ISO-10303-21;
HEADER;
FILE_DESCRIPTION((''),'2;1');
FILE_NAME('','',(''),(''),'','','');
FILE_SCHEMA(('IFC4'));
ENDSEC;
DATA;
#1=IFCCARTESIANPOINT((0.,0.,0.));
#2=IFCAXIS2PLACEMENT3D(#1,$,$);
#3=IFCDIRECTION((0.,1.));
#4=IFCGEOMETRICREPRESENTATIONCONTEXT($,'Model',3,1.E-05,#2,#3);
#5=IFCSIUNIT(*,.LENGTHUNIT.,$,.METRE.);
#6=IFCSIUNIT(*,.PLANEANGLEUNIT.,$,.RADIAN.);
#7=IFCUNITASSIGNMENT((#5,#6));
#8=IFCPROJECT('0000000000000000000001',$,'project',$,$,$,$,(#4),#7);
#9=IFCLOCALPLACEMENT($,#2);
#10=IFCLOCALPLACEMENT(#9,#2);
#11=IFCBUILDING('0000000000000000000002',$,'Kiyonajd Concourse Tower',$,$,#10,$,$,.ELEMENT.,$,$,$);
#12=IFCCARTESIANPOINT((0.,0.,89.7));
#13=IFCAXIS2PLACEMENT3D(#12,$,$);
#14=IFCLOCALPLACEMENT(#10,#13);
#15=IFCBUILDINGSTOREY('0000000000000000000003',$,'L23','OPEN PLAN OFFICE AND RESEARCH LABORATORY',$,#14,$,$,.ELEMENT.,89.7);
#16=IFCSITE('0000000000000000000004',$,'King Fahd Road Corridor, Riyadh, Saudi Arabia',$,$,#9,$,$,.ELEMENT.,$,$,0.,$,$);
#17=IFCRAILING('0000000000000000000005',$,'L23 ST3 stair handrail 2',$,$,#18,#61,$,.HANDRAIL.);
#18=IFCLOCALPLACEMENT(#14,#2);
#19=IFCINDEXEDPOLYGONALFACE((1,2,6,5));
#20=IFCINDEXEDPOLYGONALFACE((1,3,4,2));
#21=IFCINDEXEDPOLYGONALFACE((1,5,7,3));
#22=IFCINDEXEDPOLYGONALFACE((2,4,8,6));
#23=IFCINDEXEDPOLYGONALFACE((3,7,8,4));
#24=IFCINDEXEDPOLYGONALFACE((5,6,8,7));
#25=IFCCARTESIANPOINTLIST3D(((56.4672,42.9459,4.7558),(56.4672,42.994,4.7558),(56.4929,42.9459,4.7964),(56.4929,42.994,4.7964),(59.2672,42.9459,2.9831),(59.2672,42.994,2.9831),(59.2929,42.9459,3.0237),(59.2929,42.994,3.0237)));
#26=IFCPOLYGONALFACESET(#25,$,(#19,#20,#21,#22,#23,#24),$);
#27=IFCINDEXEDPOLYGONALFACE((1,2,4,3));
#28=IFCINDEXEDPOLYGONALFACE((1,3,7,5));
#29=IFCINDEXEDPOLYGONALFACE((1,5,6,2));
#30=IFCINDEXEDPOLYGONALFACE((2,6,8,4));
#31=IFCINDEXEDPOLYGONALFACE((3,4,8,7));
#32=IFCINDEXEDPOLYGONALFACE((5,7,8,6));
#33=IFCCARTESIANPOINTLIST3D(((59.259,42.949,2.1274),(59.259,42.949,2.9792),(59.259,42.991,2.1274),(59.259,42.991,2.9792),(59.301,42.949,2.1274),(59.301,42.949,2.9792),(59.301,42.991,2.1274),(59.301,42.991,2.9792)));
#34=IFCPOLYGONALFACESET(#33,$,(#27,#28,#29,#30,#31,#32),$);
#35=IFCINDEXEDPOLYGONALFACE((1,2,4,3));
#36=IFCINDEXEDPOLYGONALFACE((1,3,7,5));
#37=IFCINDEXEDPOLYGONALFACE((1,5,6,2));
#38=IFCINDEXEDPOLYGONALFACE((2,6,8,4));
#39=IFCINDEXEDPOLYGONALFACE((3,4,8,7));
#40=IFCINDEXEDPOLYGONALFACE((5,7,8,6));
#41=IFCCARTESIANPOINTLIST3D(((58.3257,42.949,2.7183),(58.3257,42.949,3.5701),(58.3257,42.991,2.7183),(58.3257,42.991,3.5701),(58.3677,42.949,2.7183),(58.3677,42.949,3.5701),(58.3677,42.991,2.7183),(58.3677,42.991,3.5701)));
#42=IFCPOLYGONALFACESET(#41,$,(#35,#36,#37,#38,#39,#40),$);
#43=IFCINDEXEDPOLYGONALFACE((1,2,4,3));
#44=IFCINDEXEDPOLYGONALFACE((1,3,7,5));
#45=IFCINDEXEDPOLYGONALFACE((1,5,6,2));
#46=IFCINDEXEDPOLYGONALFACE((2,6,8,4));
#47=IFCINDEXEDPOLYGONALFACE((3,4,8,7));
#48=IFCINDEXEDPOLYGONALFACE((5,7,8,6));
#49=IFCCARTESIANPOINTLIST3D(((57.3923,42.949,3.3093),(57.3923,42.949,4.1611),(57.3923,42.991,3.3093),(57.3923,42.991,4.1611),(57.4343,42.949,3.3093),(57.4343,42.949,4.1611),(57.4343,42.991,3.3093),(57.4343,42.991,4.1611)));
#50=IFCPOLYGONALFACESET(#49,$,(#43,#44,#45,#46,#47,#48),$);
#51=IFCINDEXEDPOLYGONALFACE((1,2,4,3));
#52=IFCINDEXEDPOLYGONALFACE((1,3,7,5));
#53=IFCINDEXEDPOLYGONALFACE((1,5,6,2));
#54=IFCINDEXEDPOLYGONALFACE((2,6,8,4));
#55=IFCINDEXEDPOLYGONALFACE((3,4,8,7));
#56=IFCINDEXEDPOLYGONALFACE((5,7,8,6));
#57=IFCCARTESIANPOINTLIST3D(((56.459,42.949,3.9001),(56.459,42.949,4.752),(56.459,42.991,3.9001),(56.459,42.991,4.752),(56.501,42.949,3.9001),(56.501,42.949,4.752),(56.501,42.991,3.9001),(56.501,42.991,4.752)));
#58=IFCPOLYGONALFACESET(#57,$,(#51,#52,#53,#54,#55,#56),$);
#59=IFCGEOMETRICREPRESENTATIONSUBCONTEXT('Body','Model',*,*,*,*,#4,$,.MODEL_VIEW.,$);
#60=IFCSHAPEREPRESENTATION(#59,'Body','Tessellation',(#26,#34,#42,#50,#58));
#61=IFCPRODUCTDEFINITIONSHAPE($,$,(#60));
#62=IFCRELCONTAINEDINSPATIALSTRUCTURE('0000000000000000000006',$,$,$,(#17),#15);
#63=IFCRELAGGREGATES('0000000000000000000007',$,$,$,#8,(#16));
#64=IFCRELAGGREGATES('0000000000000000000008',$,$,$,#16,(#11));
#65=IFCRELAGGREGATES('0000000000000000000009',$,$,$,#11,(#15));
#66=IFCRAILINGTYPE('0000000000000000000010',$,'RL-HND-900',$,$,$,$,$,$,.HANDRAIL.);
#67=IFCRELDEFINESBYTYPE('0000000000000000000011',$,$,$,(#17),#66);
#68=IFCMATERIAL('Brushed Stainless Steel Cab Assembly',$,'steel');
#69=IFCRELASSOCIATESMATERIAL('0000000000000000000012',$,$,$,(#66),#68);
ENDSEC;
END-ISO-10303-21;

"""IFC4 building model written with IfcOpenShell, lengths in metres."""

from ifc_helpers import new_model, si_unit, direction, frame, origin, origin_2d, place, context, subcontext, project, spatial, rectangle, extrude, material, type_object, element, save


model = new_model("IFC4")

# Units and contexts
model_context = context("Model", 3, precision=1e-05, world=origin(), true_north=direction((0.0, 1.0)))
body_context = subcontext(model_context, "Body", "Model", "MODEL_VIEW")
ifc_project = project(units=[si_unit("LENGTHUNIT", "METRE"), si_unit("PLANEANGLEUNIT", "RADIAN")], contexts=[model_context])

# Site, building, storey
site_placement = place(None, origin())
site = spatial("IfcSite", under=ifc_project, at=site_placement, Name="King Fahd Road Corridor, Riyadh, Saudi Arabia", CompositionType="ELEMENT", RefElevation=0.0)
building_placement = place(site_placement, origin())
building = spatial("IfcBuilding", under=site, at=building_placement, Name="Kiyonajd Concourse Tower", CompositionType="ELEMENT")
storey_placement = place(building_placement, frame((0.0, 0.0, 89.7)))
storey = spatial("IfcBuildingStorey", under=building, at=storey_placement, Name="L23", Description="OPEN PLAN OFFICE AND RESEARCH LABORATORY", CompositionType="ELEMENT", Elevation=89.7)

# Shared definitions
ifc_material_1 = material(Name="Brushed Stainless Steel Cab Assembly", Category="steel")

# Railing
railing_type_1 = type_object("IfcRailingType", Name="RL-HND-900", PredefinedType="HANDRAIL", material=ifc_material_1)
railing_1_placement = place(storey_placement, frame((59.28, 42.97, 2.1274)))
element("IfcRailing", 1, at=railing_1_placement, inside=storey, type_object=railing_type_1, Name="L23 ST3 stair handrail 2", PredefinedType="HANDRAIL", context=body_context, shape_type="SweptSolid", body=[
    extrude(rectangle(XDim=0.0481, YDim=0.0481, at=origin_2d()), frame((0.0, 0.0, 0.876), z_axis=(-0.844909, 0.0, 0.53491), x_axis=(0.0, -1.0, 0.0)), (0.0, 0.0, 1.0), 3.314),
    extrude(rectangle(XDim=0.042, YDim=0.042, at=origin_2d()), origin(), (0.0, 0.0, 1.0), 0.8518),
    extrude(rectangle(XDim=0.042, YDim=0.042, at=origin_2d()), frame((-0.9333, 0.0, 0.5908)), (0.0, 0.0, 1.0), 0.8518),
    extrude(rectangle(XDim=0.042, YDim=0.042, at=origin_2d()), frame((-1.8667, 0.0, 1.1819)), (0.0, 0.0, 1.0), 0.8518),
    extrude(rectangle(XDim=0.042, YDim=0.042, at=origin_2d()), frame((-2.8, 0.0, 1.7727)), (0.0, 0.0, 1.0), 0.8518),
])

save(model, "model.ifc")
